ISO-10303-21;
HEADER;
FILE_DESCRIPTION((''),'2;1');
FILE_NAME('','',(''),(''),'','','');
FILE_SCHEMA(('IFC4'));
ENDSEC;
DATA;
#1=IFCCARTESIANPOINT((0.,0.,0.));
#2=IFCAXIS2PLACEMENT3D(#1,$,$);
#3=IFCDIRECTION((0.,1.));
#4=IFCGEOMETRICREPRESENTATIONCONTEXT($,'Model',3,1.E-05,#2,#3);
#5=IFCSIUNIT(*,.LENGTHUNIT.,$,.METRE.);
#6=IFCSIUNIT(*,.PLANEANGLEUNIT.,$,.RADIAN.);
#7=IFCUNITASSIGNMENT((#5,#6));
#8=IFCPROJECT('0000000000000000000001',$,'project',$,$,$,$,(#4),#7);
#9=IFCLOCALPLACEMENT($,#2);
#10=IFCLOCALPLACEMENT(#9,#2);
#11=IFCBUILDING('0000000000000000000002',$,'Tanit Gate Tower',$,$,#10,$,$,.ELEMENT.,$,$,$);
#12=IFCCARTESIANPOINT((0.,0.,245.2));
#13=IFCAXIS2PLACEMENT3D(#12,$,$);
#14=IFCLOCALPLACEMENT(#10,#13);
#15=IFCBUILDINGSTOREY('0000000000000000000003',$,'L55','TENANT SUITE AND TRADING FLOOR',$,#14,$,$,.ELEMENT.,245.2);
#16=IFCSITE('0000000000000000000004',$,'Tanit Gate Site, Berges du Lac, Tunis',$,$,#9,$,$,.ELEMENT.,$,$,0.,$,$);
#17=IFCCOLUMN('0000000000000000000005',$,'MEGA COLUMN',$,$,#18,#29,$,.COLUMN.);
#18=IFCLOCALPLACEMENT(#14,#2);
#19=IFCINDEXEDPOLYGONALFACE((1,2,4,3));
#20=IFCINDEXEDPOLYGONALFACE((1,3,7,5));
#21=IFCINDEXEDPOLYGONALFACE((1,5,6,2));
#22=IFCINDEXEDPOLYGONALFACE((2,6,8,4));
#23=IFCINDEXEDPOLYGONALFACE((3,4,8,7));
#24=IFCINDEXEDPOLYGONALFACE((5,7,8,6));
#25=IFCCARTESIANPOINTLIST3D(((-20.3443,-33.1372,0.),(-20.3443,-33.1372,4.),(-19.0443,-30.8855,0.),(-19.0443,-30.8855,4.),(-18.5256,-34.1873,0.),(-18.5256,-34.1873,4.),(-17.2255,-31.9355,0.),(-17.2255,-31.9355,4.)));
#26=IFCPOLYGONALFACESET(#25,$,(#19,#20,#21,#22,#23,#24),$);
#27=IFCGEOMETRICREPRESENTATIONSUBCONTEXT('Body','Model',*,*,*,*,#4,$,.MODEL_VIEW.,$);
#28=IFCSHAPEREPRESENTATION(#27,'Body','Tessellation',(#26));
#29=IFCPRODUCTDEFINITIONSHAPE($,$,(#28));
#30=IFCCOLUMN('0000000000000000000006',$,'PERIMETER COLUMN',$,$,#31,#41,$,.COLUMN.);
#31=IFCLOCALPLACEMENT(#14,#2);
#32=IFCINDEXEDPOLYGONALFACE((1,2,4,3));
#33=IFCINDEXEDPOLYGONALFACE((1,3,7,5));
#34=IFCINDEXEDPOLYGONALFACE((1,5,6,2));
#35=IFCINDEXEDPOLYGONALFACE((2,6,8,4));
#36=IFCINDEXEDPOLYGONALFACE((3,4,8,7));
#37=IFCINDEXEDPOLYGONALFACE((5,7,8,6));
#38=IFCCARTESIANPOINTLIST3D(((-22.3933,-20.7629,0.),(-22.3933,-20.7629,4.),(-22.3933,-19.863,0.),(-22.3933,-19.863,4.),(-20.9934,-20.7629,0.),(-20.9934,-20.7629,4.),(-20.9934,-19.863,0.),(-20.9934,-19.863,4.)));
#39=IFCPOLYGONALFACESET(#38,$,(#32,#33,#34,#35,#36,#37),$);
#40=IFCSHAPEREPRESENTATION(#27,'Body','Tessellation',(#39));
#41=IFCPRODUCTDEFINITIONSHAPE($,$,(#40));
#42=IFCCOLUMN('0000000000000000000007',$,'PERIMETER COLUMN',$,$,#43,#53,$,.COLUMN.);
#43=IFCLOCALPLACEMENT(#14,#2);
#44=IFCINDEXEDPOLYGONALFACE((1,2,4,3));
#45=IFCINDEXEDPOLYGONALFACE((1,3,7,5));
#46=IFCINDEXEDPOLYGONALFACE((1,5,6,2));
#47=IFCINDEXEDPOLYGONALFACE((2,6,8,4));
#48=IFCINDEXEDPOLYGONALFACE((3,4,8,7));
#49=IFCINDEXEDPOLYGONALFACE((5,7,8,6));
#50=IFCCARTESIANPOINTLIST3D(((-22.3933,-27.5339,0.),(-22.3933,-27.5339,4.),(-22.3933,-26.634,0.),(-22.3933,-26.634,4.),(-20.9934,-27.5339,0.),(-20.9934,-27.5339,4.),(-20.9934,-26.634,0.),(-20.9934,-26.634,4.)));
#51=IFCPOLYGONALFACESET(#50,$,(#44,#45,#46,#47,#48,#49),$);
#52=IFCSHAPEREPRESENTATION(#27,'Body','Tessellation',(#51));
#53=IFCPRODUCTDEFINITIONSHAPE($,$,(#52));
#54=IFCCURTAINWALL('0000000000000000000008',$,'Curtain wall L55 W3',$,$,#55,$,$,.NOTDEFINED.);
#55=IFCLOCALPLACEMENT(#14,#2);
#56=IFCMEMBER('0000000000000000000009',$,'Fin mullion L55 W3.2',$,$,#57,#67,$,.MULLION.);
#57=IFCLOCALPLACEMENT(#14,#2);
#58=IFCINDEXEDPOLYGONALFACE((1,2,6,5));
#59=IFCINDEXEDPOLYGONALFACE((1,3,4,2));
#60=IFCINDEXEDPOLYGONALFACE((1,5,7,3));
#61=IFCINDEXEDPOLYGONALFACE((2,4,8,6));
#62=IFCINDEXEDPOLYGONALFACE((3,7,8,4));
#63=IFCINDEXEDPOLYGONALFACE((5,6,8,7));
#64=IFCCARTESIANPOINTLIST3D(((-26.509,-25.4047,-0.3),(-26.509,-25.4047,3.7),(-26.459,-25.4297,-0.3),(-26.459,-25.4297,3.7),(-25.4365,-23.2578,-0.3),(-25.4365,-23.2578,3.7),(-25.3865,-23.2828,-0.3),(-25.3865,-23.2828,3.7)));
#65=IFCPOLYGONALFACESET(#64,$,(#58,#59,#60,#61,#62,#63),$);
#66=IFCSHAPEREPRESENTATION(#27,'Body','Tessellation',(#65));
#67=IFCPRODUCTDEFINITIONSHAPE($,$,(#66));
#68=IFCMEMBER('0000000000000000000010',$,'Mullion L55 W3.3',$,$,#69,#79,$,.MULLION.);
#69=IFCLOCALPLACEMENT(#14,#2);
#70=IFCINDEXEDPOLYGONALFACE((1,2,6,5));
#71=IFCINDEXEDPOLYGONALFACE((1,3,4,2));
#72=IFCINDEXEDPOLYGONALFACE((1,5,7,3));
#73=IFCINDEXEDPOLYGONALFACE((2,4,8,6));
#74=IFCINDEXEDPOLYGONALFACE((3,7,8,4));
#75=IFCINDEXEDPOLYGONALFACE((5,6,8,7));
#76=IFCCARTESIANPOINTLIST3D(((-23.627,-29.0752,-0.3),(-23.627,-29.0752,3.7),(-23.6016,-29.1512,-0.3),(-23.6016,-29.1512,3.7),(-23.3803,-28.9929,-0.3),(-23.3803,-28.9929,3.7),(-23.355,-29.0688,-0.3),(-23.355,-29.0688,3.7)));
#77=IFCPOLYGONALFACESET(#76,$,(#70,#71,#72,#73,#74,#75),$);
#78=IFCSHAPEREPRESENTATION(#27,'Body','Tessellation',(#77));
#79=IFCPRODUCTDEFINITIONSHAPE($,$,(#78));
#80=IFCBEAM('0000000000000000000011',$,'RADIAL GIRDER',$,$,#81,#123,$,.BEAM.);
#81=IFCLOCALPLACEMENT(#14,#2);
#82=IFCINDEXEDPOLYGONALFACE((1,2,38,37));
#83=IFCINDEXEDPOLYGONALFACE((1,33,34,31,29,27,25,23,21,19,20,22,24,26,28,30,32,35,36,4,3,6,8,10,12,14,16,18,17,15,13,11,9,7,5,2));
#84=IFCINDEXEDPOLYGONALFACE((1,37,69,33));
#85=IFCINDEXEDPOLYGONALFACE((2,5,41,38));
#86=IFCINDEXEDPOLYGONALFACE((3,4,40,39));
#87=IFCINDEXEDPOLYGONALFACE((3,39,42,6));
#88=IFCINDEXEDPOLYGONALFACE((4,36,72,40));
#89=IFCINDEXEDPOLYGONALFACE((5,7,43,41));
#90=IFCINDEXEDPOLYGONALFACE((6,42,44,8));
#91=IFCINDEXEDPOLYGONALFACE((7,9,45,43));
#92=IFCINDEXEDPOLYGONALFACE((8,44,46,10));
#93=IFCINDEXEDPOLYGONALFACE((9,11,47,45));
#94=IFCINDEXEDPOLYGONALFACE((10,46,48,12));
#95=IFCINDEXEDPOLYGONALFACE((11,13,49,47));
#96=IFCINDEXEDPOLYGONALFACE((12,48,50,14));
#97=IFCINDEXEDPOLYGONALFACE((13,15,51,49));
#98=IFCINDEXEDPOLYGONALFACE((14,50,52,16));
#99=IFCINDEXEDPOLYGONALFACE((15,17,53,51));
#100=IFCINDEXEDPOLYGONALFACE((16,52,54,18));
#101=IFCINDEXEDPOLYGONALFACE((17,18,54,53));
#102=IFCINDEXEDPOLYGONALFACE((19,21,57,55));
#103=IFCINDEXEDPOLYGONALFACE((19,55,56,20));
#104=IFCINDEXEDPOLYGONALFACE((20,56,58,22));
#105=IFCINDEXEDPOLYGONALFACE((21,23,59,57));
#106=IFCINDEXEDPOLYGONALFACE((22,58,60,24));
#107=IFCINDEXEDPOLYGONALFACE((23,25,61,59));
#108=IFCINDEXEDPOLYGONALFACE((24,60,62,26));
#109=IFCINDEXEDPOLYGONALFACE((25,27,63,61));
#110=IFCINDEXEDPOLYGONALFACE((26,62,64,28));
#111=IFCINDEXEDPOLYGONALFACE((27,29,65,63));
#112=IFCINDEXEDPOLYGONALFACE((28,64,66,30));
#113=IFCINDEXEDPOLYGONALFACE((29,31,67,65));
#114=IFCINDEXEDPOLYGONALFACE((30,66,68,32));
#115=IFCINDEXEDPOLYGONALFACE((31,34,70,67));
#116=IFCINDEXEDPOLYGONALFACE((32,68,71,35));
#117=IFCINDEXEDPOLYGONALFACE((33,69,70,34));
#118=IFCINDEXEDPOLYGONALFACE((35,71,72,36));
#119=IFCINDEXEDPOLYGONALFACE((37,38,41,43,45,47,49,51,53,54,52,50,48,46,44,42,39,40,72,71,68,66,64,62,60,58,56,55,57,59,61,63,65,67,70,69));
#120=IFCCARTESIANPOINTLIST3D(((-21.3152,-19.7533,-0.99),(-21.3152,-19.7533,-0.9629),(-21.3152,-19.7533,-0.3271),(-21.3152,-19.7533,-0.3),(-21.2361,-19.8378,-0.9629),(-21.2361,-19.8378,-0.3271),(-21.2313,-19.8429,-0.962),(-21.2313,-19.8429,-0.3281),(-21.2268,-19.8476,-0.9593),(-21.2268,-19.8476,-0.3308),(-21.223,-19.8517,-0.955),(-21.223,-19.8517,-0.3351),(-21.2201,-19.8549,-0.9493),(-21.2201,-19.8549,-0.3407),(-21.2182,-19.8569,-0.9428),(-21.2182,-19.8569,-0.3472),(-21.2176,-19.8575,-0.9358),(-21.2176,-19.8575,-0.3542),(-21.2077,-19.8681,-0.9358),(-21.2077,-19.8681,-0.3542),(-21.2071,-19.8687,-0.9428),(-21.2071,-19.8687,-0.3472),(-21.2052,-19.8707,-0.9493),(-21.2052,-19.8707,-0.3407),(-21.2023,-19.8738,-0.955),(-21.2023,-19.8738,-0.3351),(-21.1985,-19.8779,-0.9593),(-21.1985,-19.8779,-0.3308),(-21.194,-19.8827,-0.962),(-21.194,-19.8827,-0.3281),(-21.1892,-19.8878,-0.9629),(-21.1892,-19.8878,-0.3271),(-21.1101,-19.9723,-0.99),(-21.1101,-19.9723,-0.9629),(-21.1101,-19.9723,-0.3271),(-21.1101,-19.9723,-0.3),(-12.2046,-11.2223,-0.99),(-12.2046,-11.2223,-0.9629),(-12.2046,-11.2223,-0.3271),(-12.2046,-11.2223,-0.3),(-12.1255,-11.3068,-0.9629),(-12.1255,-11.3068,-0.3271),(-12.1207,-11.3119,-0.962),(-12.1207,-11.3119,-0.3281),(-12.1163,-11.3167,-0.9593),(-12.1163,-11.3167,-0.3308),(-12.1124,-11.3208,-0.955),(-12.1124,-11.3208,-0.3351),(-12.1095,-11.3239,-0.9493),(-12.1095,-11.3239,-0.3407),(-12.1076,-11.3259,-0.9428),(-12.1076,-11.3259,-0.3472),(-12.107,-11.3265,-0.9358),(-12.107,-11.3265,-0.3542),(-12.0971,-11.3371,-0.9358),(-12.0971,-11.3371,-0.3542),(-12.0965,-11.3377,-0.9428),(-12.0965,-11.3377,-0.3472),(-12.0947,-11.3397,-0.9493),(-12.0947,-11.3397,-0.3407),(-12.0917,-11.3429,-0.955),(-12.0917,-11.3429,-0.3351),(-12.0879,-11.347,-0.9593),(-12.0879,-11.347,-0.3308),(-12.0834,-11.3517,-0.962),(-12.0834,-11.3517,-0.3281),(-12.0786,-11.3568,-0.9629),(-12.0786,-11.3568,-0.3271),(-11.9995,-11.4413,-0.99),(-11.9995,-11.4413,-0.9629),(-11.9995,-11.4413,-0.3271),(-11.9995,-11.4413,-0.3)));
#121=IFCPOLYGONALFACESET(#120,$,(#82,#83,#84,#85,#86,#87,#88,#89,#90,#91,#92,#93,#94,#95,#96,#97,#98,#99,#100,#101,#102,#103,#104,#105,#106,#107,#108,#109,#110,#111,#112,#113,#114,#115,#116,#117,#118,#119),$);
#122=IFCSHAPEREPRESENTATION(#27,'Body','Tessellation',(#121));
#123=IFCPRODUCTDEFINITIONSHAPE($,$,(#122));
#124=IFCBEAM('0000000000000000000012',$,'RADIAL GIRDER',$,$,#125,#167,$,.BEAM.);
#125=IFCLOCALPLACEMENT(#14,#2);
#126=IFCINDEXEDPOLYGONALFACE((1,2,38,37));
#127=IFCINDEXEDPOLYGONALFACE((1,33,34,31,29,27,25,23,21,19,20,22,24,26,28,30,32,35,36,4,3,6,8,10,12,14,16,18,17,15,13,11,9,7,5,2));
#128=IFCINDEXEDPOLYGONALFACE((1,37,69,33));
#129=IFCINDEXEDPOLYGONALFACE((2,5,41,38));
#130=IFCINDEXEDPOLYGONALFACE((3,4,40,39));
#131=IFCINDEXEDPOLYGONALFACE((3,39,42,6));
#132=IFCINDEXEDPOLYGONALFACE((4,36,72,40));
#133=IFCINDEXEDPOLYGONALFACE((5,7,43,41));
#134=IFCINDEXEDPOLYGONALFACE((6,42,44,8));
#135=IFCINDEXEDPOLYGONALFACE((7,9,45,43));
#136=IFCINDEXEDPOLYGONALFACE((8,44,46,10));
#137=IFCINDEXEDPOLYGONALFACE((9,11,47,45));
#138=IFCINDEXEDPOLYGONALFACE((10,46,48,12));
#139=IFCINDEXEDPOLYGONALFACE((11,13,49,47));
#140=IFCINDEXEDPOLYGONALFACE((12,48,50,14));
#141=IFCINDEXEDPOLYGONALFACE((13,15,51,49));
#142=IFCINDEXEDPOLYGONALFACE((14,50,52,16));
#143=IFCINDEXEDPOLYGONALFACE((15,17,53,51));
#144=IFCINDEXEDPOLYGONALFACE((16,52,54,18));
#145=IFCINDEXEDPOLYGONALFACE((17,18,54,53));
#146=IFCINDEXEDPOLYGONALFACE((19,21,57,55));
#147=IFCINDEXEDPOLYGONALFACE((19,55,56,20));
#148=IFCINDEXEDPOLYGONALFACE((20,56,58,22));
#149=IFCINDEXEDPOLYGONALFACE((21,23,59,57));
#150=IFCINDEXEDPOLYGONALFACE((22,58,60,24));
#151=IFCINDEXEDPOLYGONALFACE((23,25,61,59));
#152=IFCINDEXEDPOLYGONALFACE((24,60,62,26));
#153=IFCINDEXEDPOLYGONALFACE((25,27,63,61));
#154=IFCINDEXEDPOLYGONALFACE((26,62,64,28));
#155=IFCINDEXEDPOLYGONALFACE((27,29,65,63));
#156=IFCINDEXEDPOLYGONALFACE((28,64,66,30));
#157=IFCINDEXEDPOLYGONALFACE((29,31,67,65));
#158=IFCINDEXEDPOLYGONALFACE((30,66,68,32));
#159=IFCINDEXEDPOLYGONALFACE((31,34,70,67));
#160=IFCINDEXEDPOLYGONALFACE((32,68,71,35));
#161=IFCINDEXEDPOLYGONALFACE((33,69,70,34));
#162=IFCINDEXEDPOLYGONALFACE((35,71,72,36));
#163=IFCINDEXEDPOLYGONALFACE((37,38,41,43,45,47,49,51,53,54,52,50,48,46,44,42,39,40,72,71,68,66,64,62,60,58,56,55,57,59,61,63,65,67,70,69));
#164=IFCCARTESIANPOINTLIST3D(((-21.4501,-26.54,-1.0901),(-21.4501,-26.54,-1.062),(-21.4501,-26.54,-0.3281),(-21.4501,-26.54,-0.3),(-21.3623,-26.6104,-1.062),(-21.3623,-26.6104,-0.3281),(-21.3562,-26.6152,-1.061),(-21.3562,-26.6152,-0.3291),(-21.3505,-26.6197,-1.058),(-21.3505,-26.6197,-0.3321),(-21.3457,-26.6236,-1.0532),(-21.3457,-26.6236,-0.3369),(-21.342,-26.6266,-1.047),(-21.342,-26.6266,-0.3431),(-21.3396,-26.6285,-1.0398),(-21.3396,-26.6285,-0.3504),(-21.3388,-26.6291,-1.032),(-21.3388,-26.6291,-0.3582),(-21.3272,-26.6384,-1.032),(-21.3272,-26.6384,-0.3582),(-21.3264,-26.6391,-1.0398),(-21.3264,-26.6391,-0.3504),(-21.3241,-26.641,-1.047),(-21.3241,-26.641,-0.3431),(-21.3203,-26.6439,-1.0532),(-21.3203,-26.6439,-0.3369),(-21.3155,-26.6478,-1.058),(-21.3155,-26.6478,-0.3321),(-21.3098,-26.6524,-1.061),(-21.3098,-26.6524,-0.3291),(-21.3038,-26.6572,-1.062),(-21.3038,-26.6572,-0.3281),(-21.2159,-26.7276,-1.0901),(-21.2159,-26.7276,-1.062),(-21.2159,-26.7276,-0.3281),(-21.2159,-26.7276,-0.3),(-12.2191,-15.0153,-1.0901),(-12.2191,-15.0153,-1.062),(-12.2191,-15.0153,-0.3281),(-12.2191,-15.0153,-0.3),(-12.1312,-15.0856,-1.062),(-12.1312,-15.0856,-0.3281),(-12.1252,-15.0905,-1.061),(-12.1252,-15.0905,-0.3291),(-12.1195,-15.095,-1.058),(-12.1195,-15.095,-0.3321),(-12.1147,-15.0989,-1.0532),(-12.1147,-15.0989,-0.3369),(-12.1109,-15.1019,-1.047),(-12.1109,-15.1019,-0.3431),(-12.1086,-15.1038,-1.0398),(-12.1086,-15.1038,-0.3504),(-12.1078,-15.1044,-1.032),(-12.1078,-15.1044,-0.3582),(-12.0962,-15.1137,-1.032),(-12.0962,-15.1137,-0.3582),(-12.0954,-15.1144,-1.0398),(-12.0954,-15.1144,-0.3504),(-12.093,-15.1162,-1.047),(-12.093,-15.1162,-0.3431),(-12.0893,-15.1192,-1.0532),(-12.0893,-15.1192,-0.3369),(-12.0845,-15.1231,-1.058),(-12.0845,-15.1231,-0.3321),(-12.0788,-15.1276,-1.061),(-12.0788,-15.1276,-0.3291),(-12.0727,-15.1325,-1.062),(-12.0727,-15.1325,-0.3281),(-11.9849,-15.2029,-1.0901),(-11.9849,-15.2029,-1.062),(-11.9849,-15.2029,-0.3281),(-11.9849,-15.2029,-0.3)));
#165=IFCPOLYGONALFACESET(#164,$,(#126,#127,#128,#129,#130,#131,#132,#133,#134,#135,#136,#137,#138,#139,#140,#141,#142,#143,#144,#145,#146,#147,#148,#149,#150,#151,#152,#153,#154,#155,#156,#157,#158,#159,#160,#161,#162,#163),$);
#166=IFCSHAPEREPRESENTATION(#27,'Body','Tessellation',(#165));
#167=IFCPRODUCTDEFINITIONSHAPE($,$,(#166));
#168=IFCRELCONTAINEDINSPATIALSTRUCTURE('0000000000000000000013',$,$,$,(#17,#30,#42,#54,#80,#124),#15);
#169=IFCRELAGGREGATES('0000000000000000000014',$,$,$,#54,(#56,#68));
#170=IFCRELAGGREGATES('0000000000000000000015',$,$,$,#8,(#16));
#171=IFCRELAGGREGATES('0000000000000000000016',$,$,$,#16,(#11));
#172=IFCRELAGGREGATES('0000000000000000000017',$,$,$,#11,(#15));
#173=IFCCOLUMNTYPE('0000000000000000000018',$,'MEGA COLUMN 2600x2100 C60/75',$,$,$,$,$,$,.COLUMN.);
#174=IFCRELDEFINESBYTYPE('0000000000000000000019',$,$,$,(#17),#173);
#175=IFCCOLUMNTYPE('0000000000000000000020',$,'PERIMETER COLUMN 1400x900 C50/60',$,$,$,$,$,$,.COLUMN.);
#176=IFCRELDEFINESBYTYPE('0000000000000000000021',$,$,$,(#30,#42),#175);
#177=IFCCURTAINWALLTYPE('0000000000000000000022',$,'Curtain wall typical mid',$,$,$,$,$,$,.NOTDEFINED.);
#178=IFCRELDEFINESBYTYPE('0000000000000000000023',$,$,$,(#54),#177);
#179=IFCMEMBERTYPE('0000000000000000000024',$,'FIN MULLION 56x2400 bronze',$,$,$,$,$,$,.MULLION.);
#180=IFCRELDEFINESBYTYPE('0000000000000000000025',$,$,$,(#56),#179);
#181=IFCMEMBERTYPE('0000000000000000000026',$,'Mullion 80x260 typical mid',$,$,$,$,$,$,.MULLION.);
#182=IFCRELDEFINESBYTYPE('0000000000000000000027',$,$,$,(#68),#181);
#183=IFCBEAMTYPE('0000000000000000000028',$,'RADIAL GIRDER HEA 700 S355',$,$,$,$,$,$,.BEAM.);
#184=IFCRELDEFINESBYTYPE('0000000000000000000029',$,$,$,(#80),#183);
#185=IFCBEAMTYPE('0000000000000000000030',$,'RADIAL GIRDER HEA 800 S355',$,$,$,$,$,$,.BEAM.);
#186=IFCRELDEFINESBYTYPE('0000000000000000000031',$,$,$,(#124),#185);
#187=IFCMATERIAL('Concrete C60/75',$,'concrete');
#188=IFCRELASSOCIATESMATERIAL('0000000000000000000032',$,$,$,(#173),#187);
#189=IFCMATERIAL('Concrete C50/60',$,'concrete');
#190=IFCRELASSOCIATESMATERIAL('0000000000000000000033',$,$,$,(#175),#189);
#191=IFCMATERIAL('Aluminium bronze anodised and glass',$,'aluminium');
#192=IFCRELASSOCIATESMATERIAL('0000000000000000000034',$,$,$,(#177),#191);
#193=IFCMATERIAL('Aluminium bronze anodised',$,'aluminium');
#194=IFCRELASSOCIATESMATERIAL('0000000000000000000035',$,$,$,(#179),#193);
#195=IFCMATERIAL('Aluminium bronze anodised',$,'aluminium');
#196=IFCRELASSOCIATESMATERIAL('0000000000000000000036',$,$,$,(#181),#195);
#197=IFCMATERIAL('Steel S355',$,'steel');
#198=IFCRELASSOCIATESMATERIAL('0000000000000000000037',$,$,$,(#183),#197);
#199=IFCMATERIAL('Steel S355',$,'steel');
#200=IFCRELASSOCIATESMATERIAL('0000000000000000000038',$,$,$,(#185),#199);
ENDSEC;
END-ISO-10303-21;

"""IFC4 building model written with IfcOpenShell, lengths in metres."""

from ifc_helpers import new_model, si_unit, direction, frame, origin, origin_2d, place, context, subcontext, project, spatial, rectangle, i_section, extrude, material, material_profile, profile_set, type_object, element, aggregate, save


model = new_model("IFC4")

# Units and contexts
model_context = context("Model", 3, precision=1e-05, world=origin(), true_north=direction((0.0, 1.0)))
body_context = subcontext(model_context, "Body", "Model", "MODEL_VIEW")
ifc_project = project(units=[si_unit("LENGTHUNIT", "METRE"), si_unit("PLANEANGLEUNIT", "RADIAN")], contexts=[model_context])

# Site, building, storey
site_placement = place(None, origin())
site = spatial("IfcSite", under=ifc_project, at=site_placement, Name="Tanit Gate Site, Berges du Lac, Tunis", CompositionType="ELEMENT", RefElevation=0.0)
building_placement = place(site_placement, origin())
building = spatial("IfcBuilding", under=site, at=building_placement, Name="Tanit Gate Tower", CompositionType="ELEMENT")
storey_placement = place(building_placement, frame((0.0, 0.0, 245.2)))
storey = spatial("IfcBuildingStorey", under=building, at=storey_placement, Name="L55", Description="TENANT SUITE AND TRADING FLOOR", CompositionType="ELEMENT", Elevation=245.2)

# Columns
ifc_material_1 = material(Name="Concrete C60/75", Category="concrete")
ifc_material_profile_1 = material_profile(ifc_material_1, rectangle(XDim=2.6001, YDim=2.1001, at=origin_2d()), Name="RC 2600x2100")
ifc_profile_set_1 = profile_set([ifc_material_profile_1], Name="Concrete C60/75")
column_type_1 = type_object("IfcColumnType", Name="MEGA COLUMN 2600x2100 C60/75", PredefinedType="COLUMN", material=ifc_profile_set_1)
column_placement = place(storey_placement, frame((-18.7849, -32.5364, 0.0), z_axis=(0.0, 0.0, 1.0), x_axis=(-0.5, -0.866025, 0.0)))
element("IfcColumn", 1, at=column_placement, inside=storey, type_object=column_type_1, Name="MEGA COLUMN", PredefinedType="COLUMN", context=body_context, shape_type="SweptSolid", body=[
    extrude(rectangle(XDim=2.6001, YDim=2.1001, at=origin_2d()), origin(), (0.0, 0.0, 1.0), 4.0),
])
ifc_material_2 = material(Name="Concrete C50/60", Category="concrete")
ifc_material_profile_2 = material_profile(ifc_material_2, rectangle(XDim=1.3999, YDim=0.8999, at=origin_2d()), Name="RC 1400x900")
ifc_profile_set_2 = profile_set([ifc_material_profile_2], Name="Concrete C50/60")
column_type_2 = type_object("IfcColumnType", Name="PERIMETER COLUMN 1400x900 C50/60", PredefinedType="COLUMN", material=ifc_profile_set_2)
for number, where, z_axis, x_axis, name in (
    (2, (-21.6934, -20.313, 0.0), (0.0, 0.0, 1.0), (-1.0, 0.0, 0.0), "PERIMETER COLUMN"),
    (3, (-21.6934, -27.084, 0.0), (0.0, 0.0, 1.0), (-1.0, 0.0, 0.0), "PERIMETER COLUMN"),
):
    element("IfcColumn", number, at=place(storey_placement, frame(where, z_axis=z_axis, x_axis=x_axis)), inside=storey, type_object=column_type_2, Name=name, PredefinedType="COLUMN", context=body_context, shape_type="SweptSolid", body=[
        extrude(rectangle(XDim=1.3999, YDim=0.8999, at=origin_2d()), origin(), (0.0, 0.0, 1.0), 4.0),
    ])

# Curtain wall, members
ifc_material_3 = material(Name="Aluminium bronze anodised and glass", Category="aluminium")
curtain_wall_type = type_object("IfcCurtainWallType", Name="Curtain wall typical mid", PredefinedType="NOTDEFINED", material=ifc_material_3)
curtain_wall_placement = place(storey_placement, origin())
curtain_wall = element("IfcCurtainWall", 4, at=curtain_wall_placement, inside=storey, type_object=curtain_wall_type, Name="Curtain wall L55 W3", PredefinedType="NOTDEFINED")
ifc_material_4 = material(Name="Aluminium bronze anodised", Category="aluminium")
ifc_material_profile_3 = material_profile(ifc_material_4, rectangle(XDim=2.3999, YDim=0.0559, at=origin_2d()), Name="56x2400 bronze fin mullion")
ifc_profile_set_3 = profile_set([ifc_material_profile_3], Name="Aluminium bronze anodised")
member_type_1 = type_object("IfcMemberType", Name="FIN MULLION 56x2400 bronze", PredefinedType="MULLION", material=ifc_profile_set_3)
member_1_placement = place(storey_placement, frame((-25.9478, -24.3438, -0.3), z_axis=(0.0, 0.0, 1.0), x_axis=(0.446865, 0.894602, 0.0)))
member_1 = element("IfcMember", 5, at=member_1_placement, type_object=member_type_1, Name="Fin mullion L55 W3.2", PredefinedType="MULLION", context=body_context, shape_type="SweptSolid", body=[
    extrude(rectangle(XDim=2.3999, YDim=0.0559, at=origin_2d()), origin(), (0.0, 0.0, 1.0), 4.0),
])
ifc_material_5 = material(Name="Aluminium bronze anodised", Category="aluminium")
ifc_material_profile_4 = material_profile(ifc_material_5, rectangle(XDim=0.26, YDim=0.0801, at=origin_2d()), Name="80x260 bronze mullion")
ifc_profile_set_4 = profile_set([ifc_material_profile_4], Name="Aluminium bronze anodised")
member_type_2 = type_object("IfcMemberType", Name="Mullion 80x260 typical mid", PredefinedType="MULLION", material=ifc_profile_set_4)
member_2_placement = place(storey_placement, frame((-23.491, -29.072, -0.3), z_axis=(0.0, 0.0, 1.0), x_axis=(0.94856, 0.316598, 0.0)))
member_2 = element("IfcMember", 6, at=member_2_placement, type_object=member_type_2, Name="Mullion L55 W3.3", PredefinedType="MULLION", context=body_context, shape_type="SweptSolid", body=[
    extrude(rectangle(XDim=0.26, YDim=0.0801, at=origin_2d()), origin(), (0.0, 0.0, 1.0), 4.0),
])

# Beams
ifc_material_6 = material(Name="Steel S355", Category="steel")
ifc_material_profile_5 = material_profile(ifc_material_6, i_section(OverallWidth=0.3, OverallDepth=0.6899, WebThickness=0.0144, FlangeThickness=0.0271, FilletRadius=0.0271, at=origin_2d()), Name="HEA 700")
ifc_profile_set_5 = profile_set([ifc_material_profile_5], Name="Steel S355")
beam_type_1 = type_object("IfcBeamType", Name="RADIAL GIRDER HEA 700 S355", PredefinedType="BEAM", material=ifc_profile_set_5)
beam_1_placement = place(storey_placement, frame((-21.2126, -19.8628, -0.645), z_axis=(0.729944, 0.683507, 0.0), x_axis=(-0.683507, 0.729944, 0.0)))
element("IfcBeam", 7, at=beam_1_placement, inside=storey, type_object=beam_type_1, Name="RADIAL GIRDER", PredefinedType="BEAM", context=body_context, shape_type="SweptSolid", body=[
    extrude(i_section(OverallWidth=0.3, OverallDepth=0.6899, WebThickness=0.0144, FlangeThickness=0.0271, FilletRadius=0.0271, at=origin_2d()), origin(), (0.0, 0.0, 1.0), 12.4812),
])
ifc_material_7 = material(Name="Steel S355", Category="steel")
ifc_material_profile_6 = material_profile(ifc_material_7, i_section(OverallWidth=0.3, OverallDepth=0.79, WebThickness=0.0149, FlangeThickness=0.0281, FilletRadius=0.03, at=origin_2d()), Name="HEA 800")
ifc_profile_set_6 = profile_set([ifc_material_profile_6], Name="Steel S355")
beam_type_2 = type_object("IfcBeamType", Name="RADIAL GIRDER HEA 800 S355", PredefinedType="BEAM", material=ifc_profile_set_6)
beam_2_placement = place(storey_placement, frame((-21.333, -26.6338, -0.6951), z_axis=(0.625159, 0.780498, 0.0), x_axis=(-0.780498, 0.625159, 0.0)))
element("IfcBeam", 8, at=beam_2_placement, inside=storey, type_object=beam_type_2, Name="RADIAL GIRDER", PredefinedType="BEAM", context=body_context, shape_type="SweptSolid", body=[
    extrude(i_section(OverallWidth=0.3, OverallDepth=0.79, WebThickness=0.0149, FlangeThickness=0.0281, FilletRadius=0.03, at=origin_2d()), origin(), (0.0, 0.0, 1.0), 14.7659),
])

aggregate(curtain_wall, [member_1, member_2])

save(model, "model.ifc")
